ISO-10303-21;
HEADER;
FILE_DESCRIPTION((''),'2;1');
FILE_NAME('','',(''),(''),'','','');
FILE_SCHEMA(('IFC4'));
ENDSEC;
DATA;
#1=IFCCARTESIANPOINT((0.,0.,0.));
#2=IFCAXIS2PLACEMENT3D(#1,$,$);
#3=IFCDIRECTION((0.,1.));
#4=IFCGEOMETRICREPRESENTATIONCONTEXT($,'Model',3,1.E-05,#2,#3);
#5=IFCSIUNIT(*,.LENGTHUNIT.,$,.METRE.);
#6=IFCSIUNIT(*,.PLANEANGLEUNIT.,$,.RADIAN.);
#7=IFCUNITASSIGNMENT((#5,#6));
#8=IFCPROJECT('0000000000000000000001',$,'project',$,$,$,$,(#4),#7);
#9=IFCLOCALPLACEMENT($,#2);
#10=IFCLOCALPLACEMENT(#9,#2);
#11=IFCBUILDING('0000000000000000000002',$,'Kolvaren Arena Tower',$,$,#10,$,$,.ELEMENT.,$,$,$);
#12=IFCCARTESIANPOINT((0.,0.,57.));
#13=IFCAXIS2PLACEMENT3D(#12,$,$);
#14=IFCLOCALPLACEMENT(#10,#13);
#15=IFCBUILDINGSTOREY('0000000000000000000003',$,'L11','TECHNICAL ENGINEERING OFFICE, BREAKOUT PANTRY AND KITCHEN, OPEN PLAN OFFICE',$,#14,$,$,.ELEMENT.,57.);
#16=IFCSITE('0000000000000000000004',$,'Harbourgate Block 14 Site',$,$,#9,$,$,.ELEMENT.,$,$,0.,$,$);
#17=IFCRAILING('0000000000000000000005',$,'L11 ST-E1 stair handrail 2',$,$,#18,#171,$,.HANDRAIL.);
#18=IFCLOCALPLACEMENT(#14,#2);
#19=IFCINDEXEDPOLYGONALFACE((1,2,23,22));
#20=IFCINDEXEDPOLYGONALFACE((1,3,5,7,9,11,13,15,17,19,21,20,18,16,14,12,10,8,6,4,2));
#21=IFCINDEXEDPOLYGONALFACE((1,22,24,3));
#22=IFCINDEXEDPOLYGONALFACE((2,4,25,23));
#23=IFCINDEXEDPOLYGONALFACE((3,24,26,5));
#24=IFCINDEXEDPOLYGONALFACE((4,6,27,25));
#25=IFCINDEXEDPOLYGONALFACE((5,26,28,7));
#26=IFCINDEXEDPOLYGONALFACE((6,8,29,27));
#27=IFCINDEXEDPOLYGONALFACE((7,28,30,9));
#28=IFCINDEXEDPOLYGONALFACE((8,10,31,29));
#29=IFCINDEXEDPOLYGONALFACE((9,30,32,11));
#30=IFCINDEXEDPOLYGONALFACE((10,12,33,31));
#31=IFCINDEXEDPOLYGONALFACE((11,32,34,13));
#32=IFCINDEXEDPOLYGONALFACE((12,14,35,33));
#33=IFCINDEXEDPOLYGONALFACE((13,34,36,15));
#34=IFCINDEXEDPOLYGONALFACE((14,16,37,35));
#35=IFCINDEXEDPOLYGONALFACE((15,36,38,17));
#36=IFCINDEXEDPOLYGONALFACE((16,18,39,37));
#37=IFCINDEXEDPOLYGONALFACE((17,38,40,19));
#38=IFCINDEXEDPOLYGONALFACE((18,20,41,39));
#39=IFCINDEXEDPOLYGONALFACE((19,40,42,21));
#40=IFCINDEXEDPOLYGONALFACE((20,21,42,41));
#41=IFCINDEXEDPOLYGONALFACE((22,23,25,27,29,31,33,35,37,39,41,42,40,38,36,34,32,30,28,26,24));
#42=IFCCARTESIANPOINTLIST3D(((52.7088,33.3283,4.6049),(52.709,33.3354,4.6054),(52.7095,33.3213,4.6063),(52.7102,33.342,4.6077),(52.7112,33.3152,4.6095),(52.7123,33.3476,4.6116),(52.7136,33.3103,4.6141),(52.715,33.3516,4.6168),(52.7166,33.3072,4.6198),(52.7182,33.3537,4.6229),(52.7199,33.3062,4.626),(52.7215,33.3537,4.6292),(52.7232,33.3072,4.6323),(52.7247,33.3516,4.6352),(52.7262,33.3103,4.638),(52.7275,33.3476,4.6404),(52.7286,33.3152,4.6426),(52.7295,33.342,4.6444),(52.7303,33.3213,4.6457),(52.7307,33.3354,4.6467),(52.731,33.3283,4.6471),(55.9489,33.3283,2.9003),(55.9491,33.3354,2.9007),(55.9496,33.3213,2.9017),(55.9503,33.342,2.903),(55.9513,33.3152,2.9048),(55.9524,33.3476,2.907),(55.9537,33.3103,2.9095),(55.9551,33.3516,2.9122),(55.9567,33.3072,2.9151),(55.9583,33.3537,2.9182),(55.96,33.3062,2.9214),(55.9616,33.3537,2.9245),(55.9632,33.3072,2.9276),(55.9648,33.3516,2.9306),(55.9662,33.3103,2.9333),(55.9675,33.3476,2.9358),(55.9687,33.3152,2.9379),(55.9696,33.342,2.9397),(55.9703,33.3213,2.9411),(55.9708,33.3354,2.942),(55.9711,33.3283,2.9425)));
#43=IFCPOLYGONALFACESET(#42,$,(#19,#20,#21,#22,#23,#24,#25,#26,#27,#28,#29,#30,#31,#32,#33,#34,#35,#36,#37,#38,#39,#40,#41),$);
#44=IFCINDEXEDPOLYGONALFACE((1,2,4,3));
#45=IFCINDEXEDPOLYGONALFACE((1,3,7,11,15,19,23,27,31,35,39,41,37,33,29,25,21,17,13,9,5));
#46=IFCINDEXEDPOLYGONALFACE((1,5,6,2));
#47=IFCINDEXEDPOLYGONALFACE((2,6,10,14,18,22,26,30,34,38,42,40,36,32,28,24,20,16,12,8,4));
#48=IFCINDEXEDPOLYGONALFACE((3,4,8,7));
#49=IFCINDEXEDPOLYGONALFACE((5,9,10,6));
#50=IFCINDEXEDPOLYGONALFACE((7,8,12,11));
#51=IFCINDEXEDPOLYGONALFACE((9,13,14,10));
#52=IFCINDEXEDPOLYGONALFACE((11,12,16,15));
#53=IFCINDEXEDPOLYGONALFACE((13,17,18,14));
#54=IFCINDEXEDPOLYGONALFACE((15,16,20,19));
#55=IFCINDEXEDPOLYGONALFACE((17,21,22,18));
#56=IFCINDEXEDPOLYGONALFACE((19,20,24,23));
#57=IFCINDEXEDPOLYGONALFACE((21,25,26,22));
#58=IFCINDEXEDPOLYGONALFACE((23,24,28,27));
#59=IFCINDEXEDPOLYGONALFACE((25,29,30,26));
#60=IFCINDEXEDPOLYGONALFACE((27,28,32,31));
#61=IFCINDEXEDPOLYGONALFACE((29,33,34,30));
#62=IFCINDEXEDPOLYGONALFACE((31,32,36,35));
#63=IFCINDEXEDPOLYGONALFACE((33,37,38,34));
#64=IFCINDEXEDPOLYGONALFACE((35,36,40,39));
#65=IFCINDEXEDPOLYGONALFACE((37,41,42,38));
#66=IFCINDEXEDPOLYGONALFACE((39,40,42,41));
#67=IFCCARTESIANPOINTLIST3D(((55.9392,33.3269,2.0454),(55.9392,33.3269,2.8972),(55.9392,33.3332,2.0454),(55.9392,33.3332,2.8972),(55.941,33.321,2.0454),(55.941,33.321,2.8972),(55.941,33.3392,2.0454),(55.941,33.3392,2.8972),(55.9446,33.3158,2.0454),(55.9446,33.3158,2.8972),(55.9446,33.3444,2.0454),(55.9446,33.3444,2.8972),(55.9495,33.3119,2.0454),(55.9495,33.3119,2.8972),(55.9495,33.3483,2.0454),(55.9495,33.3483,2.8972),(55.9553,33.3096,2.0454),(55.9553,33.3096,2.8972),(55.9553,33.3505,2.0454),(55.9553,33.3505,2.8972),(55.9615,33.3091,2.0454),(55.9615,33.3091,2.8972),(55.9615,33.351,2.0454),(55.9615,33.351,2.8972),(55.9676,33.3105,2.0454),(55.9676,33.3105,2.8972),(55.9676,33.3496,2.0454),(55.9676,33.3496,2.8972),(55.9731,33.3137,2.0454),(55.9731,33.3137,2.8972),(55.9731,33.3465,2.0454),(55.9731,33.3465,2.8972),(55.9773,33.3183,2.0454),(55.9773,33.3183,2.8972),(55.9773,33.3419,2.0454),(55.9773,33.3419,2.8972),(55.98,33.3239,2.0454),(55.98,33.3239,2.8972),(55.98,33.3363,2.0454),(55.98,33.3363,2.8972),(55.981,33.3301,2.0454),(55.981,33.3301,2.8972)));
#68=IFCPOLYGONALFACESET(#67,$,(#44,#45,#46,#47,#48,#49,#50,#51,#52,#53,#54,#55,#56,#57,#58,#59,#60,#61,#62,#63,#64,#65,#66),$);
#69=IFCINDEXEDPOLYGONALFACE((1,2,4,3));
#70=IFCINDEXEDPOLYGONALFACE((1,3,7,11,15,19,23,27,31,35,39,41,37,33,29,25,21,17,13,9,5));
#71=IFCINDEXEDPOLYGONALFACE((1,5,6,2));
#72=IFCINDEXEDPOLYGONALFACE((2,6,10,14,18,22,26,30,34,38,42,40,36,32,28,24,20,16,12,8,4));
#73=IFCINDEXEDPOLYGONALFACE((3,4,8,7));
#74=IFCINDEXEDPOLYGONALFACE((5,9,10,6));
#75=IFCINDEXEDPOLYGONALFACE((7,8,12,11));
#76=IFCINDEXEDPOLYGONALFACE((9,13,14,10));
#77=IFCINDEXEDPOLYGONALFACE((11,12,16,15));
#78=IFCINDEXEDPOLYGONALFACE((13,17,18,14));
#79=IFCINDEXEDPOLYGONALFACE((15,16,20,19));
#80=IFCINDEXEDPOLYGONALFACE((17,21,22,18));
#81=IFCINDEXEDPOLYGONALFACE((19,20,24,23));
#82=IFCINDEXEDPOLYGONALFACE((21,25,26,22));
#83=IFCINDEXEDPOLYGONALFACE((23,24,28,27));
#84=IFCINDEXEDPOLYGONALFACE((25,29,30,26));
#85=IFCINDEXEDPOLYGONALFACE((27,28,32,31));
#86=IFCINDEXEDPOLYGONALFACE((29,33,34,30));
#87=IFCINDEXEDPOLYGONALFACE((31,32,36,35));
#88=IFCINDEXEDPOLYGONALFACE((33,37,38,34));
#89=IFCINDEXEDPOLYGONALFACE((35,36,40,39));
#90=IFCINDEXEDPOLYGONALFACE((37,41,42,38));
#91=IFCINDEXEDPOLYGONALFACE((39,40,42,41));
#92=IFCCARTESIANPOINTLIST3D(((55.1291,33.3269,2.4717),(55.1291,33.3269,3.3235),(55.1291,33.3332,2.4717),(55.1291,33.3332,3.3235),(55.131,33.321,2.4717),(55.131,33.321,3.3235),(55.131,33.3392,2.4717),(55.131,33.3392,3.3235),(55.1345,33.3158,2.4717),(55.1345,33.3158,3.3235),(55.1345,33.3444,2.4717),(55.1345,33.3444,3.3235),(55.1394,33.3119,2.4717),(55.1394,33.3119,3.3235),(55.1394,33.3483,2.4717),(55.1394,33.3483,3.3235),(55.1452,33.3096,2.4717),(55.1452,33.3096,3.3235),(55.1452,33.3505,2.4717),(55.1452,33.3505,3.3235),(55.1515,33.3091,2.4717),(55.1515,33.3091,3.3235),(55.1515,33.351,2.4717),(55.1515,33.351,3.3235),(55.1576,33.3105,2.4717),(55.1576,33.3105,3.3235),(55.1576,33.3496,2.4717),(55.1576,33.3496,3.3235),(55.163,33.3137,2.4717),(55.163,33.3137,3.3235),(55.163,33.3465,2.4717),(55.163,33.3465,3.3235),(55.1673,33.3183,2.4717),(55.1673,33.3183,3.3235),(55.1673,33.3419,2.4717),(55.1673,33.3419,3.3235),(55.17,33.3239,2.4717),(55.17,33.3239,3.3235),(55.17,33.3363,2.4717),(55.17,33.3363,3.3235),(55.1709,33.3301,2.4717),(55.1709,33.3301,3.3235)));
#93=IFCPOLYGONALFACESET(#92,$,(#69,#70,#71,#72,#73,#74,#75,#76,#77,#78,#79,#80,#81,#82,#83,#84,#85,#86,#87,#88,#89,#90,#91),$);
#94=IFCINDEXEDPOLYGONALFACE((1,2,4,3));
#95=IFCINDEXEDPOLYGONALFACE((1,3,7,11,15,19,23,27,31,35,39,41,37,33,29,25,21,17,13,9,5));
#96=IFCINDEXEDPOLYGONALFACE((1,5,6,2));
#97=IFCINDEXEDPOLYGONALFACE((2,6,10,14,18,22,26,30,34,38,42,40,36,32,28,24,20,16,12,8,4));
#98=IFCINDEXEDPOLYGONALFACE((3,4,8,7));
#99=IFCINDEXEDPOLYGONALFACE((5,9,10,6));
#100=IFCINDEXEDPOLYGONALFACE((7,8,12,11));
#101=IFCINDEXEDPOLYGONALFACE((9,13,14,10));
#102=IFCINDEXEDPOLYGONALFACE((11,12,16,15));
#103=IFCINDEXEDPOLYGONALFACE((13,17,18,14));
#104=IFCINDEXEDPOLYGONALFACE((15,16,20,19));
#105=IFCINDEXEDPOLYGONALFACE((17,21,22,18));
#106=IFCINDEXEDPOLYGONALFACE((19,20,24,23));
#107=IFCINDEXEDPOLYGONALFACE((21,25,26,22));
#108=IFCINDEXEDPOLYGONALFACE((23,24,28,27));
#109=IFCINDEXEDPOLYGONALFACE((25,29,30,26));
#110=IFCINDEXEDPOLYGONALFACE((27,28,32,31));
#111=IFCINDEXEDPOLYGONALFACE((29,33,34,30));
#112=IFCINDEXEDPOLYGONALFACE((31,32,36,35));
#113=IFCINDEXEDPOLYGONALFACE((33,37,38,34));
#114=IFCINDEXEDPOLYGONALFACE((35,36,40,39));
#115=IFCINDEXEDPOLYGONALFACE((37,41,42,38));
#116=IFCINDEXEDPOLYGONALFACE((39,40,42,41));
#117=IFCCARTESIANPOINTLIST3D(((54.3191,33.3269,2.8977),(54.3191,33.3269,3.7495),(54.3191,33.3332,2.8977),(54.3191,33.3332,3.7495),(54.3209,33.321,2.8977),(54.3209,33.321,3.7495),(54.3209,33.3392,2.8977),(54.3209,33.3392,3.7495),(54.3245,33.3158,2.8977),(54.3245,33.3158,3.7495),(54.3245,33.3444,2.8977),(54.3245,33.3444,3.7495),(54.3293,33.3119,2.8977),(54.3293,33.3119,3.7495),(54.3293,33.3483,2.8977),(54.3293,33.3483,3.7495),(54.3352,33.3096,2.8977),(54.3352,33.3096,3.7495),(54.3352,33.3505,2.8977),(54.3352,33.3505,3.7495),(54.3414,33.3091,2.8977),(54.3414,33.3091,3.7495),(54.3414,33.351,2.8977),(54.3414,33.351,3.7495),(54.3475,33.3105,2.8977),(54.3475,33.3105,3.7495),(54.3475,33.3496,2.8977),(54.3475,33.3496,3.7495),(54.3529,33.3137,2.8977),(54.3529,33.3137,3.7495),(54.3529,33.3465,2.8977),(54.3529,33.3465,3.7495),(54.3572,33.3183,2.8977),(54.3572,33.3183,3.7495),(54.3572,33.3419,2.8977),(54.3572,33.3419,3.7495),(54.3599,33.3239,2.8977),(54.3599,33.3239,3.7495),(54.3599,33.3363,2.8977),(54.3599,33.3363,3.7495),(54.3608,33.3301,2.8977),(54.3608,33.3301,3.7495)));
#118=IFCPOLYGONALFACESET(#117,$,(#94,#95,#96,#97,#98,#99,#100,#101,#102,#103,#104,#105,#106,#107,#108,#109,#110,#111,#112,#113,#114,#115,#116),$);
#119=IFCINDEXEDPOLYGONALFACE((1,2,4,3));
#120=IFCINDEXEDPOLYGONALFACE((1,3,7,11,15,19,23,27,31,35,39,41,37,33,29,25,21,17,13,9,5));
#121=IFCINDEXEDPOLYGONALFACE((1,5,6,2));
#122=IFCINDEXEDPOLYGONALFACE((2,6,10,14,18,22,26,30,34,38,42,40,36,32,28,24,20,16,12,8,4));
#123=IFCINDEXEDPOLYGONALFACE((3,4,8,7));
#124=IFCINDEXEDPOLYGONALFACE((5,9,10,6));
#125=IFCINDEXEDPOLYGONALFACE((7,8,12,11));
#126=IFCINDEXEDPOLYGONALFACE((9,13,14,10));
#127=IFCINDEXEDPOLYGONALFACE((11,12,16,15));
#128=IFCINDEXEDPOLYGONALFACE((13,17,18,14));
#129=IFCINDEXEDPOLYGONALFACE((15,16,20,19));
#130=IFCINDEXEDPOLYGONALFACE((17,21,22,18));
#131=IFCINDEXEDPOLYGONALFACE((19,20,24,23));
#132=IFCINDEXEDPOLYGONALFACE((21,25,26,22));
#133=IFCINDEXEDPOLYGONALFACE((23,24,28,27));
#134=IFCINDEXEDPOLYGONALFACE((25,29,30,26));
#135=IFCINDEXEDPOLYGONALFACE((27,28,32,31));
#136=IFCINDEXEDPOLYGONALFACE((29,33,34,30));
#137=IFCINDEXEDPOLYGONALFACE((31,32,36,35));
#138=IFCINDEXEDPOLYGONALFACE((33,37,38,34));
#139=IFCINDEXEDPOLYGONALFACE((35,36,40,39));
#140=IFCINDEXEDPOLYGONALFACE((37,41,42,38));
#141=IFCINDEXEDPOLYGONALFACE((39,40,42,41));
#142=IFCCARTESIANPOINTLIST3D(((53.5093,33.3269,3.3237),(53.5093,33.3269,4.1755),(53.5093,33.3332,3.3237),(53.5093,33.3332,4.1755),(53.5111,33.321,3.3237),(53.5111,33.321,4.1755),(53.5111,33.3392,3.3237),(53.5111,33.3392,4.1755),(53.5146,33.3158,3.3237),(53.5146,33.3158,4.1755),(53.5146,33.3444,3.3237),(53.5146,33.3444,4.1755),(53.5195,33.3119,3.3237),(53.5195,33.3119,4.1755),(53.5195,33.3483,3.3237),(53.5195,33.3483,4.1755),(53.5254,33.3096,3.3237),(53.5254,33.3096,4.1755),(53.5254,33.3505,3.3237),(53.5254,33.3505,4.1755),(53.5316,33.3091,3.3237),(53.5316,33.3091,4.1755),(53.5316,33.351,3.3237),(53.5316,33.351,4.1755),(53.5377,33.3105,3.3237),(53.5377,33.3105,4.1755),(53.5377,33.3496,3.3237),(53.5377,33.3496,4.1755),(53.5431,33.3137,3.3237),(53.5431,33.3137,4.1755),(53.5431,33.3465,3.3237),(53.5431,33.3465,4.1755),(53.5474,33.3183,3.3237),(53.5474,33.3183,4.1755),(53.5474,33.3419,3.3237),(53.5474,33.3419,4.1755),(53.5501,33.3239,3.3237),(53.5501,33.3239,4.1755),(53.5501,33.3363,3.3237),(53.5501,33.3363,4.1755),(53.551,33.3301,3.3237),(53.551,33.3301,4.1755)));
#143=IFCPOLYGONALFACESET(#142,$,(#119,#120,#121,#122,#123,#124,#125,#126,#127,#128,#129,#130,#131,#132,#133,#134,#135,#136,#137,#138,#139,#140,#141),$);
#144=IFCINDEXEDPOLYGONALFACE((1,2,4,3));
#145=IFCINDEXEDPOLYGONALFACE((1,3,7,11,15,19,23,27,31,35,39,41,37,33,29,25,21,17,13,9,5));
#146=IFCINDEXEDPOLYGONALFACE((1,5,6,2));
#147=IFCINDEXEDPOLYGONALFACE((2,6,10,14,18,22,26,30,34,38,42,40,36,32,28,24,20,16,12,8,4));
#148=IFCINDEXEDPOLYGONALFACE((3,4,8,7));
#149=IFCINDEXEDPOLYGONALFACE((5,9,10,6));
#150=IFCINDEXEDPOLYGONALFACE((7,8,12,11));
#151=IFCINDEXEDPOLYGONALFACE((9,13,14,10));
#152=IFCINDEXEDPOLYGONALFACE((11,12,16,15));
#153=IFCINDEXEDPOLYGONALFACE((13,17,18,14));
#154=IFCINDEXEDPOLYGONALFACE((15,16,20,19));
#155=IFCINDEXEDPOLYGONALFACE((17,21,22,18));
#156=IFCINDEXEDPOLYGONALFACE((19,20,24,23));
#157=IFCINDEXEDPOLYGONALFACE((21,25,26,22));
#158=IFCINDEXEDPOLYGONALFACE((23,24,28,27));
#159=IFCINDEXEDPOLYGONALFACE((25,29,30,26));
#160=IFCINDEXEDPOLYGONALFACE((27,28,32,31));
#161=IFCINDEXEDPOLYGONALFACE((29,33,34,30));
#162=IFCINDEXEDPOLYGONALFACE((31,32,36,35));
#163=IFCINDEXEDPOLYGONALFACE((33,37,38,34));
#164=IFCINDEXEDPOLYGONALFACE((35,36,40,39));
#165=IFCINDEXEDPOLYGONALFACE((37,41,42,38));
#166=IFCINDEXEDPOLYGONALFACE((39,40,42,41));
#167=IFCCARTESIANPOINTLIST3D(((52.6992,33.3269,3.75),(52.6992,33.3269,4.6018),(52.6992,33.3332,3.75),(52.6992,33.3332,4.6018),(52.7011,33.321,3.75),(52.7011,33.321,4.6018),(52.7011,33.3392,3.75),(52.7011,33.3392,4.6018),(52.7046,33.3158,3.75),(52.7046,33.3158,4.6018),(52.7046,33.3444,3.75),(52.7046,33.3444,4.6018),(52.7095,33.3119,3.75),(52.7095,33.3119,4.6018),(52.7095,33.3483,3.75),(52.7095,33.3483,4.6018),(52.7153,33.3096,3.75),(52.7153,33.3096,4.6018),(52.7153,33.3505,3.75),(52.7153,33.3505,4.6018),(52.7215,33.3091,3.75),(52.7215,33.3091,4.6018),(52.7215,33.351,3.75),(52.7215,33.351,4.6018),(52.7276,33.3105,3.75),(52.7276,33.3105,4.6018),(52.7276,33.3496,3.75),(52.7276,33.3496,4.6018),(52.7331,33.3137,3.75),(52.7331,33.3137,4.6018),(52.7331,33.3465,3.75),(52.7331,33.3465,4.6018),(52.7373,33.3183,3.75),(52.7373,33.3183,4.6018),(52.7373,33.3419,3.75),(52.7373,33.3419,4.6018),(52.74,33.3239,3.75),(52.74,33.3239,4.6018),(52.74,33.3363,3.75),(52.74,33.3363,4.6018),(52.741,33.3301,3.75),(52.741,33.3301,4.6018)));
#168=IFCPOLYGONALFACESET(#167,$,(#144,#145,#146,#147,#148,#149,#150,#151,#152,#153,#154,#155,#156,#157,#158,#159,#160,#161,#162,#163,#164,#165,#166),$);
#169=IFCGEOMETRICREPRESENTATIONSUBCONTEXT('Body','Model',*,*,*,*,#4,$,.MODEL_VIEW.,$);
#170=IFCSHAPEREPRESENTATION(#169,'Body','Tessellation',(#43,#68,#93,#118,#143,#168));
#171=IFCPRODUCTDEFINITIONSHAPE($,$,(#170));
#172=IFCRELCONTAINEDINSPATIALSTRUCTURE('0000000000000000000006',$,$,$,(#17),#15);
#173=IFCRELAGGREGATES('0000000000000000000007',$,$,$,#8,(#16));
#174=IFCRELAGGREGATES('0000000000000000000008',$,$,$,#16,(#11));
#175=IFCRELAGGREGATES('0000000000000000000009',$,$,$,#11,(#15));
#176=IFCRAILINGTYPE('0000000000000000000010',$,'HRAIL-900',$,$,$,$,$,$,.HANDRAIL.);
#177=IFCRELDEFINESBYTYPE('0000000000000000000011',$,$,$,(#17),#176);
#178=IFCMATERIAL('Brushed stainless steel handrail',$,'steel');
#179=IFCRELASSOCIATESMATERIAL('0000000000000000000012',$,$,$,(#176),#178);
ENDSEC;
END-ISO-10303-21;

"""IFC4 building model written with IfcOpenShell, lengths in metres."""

from ifc_helpers import new_model, si_unit, direction, frame, origin, origin_2d, place, context, subcontext, project, spatial, circle, extrude, material, type_object, element, save


model = new_model("IFC4")

# Units and contexts
model_context = context("Model", 3, precision=1e-05, world=origin(), true_north=direction((0.0, 1.0)))
body_context = subcontext(model_context, "Body", "Model", "MODEL_VIEW")
ifc_project = project(units=[si_unit("LENGTHUNIT", "METRE"), si_unit("PLANEANGLEUNIT", "RADIAN")], contexts=[model_context])

# Site, building, storey
site_placement = place(None, origin())
site = spatial("IfcSite", under=ifc_project, at=site_placement, Name="Harbourgate Block 14 Site", CompositionType="ELEMENT", RefElevation=0.0)
building_placement = place(site_placement, origin())
building = spatial("IfcBuilding", under=site, at=building_placement, Name="Kolvaren Arena Tower", CompositionType="ELEMENT")
storey_placement = place(building_placement, frame((0.0, 0.0, 57.0)))
storey = spatial("IfcBuildingStorey", under=building, at=storey_placement, Name="L11", Description="TECHNICAL ENGINEERING OFFICE, BREAKOUT PANTRY AND KITCHEN, OPEN PLAN OFFICE", CompositionType="ELEMENT", Elevation=57.0)

# Railing
ifc_material_1 = material(Name="Brushed stainless steel handrail", Category="steel")
railing_type_1 = type_object("IfcRailingType", Name="HRAIL-900", PredefinedType="HANDRAIL", material=ifc_material_1)
railing_1_placement = place(storey_placement, frame((55.96, 33.3301, 2.0454)))
element("IfcRailing", 1, at=railing_1_placement, inside=storey, type_object=railing_type_1, Name="L11 ST-E1 stair handrail 2", PredefinedType="HANDRAIL", context=body_context, shape_type="SweptSolid", body=[
    extrude(circle(Radius=0.0239, at=origin_2d()), frame((0.0, 0.0, 0.876), z_axis=(-0.884993, 0.0, 0.465604), x_axis=(0.0, -1.0, 0.0)), (0.0, 0.0, 1.0), 3.6611),
    extrude(circle(Radius=0.021, at=origin_2d()), origin(), (0.0, 0.0, 1.0), 0.8518),
    extrude(circle(Radius=0.021, at=origin_2d()), frame((-0.8101, 0.0, 0.4263)), (0.0, 0.0, 1.0), 0.8518),
    extrude(circle(Radius=0.021, at=origin_2d()), frame((-1.6201, 0.0, 0.8523)), (0.0, 0.0, 1.0), 0.8518),
    extrude(circle(Radius=0.021, at=origin_2d()), frame((-2.4299, 0.0, 1.2783)), (0.0, 0.0, 1.0), 0.8518),
    extrude(circle(Radius=0.021, at=origin_2d()), frame((-3.24, 0.0, 1.7046)), (0.0, 0.0, 1.0), 0.8518),
])

save(model, "model.ifc")
